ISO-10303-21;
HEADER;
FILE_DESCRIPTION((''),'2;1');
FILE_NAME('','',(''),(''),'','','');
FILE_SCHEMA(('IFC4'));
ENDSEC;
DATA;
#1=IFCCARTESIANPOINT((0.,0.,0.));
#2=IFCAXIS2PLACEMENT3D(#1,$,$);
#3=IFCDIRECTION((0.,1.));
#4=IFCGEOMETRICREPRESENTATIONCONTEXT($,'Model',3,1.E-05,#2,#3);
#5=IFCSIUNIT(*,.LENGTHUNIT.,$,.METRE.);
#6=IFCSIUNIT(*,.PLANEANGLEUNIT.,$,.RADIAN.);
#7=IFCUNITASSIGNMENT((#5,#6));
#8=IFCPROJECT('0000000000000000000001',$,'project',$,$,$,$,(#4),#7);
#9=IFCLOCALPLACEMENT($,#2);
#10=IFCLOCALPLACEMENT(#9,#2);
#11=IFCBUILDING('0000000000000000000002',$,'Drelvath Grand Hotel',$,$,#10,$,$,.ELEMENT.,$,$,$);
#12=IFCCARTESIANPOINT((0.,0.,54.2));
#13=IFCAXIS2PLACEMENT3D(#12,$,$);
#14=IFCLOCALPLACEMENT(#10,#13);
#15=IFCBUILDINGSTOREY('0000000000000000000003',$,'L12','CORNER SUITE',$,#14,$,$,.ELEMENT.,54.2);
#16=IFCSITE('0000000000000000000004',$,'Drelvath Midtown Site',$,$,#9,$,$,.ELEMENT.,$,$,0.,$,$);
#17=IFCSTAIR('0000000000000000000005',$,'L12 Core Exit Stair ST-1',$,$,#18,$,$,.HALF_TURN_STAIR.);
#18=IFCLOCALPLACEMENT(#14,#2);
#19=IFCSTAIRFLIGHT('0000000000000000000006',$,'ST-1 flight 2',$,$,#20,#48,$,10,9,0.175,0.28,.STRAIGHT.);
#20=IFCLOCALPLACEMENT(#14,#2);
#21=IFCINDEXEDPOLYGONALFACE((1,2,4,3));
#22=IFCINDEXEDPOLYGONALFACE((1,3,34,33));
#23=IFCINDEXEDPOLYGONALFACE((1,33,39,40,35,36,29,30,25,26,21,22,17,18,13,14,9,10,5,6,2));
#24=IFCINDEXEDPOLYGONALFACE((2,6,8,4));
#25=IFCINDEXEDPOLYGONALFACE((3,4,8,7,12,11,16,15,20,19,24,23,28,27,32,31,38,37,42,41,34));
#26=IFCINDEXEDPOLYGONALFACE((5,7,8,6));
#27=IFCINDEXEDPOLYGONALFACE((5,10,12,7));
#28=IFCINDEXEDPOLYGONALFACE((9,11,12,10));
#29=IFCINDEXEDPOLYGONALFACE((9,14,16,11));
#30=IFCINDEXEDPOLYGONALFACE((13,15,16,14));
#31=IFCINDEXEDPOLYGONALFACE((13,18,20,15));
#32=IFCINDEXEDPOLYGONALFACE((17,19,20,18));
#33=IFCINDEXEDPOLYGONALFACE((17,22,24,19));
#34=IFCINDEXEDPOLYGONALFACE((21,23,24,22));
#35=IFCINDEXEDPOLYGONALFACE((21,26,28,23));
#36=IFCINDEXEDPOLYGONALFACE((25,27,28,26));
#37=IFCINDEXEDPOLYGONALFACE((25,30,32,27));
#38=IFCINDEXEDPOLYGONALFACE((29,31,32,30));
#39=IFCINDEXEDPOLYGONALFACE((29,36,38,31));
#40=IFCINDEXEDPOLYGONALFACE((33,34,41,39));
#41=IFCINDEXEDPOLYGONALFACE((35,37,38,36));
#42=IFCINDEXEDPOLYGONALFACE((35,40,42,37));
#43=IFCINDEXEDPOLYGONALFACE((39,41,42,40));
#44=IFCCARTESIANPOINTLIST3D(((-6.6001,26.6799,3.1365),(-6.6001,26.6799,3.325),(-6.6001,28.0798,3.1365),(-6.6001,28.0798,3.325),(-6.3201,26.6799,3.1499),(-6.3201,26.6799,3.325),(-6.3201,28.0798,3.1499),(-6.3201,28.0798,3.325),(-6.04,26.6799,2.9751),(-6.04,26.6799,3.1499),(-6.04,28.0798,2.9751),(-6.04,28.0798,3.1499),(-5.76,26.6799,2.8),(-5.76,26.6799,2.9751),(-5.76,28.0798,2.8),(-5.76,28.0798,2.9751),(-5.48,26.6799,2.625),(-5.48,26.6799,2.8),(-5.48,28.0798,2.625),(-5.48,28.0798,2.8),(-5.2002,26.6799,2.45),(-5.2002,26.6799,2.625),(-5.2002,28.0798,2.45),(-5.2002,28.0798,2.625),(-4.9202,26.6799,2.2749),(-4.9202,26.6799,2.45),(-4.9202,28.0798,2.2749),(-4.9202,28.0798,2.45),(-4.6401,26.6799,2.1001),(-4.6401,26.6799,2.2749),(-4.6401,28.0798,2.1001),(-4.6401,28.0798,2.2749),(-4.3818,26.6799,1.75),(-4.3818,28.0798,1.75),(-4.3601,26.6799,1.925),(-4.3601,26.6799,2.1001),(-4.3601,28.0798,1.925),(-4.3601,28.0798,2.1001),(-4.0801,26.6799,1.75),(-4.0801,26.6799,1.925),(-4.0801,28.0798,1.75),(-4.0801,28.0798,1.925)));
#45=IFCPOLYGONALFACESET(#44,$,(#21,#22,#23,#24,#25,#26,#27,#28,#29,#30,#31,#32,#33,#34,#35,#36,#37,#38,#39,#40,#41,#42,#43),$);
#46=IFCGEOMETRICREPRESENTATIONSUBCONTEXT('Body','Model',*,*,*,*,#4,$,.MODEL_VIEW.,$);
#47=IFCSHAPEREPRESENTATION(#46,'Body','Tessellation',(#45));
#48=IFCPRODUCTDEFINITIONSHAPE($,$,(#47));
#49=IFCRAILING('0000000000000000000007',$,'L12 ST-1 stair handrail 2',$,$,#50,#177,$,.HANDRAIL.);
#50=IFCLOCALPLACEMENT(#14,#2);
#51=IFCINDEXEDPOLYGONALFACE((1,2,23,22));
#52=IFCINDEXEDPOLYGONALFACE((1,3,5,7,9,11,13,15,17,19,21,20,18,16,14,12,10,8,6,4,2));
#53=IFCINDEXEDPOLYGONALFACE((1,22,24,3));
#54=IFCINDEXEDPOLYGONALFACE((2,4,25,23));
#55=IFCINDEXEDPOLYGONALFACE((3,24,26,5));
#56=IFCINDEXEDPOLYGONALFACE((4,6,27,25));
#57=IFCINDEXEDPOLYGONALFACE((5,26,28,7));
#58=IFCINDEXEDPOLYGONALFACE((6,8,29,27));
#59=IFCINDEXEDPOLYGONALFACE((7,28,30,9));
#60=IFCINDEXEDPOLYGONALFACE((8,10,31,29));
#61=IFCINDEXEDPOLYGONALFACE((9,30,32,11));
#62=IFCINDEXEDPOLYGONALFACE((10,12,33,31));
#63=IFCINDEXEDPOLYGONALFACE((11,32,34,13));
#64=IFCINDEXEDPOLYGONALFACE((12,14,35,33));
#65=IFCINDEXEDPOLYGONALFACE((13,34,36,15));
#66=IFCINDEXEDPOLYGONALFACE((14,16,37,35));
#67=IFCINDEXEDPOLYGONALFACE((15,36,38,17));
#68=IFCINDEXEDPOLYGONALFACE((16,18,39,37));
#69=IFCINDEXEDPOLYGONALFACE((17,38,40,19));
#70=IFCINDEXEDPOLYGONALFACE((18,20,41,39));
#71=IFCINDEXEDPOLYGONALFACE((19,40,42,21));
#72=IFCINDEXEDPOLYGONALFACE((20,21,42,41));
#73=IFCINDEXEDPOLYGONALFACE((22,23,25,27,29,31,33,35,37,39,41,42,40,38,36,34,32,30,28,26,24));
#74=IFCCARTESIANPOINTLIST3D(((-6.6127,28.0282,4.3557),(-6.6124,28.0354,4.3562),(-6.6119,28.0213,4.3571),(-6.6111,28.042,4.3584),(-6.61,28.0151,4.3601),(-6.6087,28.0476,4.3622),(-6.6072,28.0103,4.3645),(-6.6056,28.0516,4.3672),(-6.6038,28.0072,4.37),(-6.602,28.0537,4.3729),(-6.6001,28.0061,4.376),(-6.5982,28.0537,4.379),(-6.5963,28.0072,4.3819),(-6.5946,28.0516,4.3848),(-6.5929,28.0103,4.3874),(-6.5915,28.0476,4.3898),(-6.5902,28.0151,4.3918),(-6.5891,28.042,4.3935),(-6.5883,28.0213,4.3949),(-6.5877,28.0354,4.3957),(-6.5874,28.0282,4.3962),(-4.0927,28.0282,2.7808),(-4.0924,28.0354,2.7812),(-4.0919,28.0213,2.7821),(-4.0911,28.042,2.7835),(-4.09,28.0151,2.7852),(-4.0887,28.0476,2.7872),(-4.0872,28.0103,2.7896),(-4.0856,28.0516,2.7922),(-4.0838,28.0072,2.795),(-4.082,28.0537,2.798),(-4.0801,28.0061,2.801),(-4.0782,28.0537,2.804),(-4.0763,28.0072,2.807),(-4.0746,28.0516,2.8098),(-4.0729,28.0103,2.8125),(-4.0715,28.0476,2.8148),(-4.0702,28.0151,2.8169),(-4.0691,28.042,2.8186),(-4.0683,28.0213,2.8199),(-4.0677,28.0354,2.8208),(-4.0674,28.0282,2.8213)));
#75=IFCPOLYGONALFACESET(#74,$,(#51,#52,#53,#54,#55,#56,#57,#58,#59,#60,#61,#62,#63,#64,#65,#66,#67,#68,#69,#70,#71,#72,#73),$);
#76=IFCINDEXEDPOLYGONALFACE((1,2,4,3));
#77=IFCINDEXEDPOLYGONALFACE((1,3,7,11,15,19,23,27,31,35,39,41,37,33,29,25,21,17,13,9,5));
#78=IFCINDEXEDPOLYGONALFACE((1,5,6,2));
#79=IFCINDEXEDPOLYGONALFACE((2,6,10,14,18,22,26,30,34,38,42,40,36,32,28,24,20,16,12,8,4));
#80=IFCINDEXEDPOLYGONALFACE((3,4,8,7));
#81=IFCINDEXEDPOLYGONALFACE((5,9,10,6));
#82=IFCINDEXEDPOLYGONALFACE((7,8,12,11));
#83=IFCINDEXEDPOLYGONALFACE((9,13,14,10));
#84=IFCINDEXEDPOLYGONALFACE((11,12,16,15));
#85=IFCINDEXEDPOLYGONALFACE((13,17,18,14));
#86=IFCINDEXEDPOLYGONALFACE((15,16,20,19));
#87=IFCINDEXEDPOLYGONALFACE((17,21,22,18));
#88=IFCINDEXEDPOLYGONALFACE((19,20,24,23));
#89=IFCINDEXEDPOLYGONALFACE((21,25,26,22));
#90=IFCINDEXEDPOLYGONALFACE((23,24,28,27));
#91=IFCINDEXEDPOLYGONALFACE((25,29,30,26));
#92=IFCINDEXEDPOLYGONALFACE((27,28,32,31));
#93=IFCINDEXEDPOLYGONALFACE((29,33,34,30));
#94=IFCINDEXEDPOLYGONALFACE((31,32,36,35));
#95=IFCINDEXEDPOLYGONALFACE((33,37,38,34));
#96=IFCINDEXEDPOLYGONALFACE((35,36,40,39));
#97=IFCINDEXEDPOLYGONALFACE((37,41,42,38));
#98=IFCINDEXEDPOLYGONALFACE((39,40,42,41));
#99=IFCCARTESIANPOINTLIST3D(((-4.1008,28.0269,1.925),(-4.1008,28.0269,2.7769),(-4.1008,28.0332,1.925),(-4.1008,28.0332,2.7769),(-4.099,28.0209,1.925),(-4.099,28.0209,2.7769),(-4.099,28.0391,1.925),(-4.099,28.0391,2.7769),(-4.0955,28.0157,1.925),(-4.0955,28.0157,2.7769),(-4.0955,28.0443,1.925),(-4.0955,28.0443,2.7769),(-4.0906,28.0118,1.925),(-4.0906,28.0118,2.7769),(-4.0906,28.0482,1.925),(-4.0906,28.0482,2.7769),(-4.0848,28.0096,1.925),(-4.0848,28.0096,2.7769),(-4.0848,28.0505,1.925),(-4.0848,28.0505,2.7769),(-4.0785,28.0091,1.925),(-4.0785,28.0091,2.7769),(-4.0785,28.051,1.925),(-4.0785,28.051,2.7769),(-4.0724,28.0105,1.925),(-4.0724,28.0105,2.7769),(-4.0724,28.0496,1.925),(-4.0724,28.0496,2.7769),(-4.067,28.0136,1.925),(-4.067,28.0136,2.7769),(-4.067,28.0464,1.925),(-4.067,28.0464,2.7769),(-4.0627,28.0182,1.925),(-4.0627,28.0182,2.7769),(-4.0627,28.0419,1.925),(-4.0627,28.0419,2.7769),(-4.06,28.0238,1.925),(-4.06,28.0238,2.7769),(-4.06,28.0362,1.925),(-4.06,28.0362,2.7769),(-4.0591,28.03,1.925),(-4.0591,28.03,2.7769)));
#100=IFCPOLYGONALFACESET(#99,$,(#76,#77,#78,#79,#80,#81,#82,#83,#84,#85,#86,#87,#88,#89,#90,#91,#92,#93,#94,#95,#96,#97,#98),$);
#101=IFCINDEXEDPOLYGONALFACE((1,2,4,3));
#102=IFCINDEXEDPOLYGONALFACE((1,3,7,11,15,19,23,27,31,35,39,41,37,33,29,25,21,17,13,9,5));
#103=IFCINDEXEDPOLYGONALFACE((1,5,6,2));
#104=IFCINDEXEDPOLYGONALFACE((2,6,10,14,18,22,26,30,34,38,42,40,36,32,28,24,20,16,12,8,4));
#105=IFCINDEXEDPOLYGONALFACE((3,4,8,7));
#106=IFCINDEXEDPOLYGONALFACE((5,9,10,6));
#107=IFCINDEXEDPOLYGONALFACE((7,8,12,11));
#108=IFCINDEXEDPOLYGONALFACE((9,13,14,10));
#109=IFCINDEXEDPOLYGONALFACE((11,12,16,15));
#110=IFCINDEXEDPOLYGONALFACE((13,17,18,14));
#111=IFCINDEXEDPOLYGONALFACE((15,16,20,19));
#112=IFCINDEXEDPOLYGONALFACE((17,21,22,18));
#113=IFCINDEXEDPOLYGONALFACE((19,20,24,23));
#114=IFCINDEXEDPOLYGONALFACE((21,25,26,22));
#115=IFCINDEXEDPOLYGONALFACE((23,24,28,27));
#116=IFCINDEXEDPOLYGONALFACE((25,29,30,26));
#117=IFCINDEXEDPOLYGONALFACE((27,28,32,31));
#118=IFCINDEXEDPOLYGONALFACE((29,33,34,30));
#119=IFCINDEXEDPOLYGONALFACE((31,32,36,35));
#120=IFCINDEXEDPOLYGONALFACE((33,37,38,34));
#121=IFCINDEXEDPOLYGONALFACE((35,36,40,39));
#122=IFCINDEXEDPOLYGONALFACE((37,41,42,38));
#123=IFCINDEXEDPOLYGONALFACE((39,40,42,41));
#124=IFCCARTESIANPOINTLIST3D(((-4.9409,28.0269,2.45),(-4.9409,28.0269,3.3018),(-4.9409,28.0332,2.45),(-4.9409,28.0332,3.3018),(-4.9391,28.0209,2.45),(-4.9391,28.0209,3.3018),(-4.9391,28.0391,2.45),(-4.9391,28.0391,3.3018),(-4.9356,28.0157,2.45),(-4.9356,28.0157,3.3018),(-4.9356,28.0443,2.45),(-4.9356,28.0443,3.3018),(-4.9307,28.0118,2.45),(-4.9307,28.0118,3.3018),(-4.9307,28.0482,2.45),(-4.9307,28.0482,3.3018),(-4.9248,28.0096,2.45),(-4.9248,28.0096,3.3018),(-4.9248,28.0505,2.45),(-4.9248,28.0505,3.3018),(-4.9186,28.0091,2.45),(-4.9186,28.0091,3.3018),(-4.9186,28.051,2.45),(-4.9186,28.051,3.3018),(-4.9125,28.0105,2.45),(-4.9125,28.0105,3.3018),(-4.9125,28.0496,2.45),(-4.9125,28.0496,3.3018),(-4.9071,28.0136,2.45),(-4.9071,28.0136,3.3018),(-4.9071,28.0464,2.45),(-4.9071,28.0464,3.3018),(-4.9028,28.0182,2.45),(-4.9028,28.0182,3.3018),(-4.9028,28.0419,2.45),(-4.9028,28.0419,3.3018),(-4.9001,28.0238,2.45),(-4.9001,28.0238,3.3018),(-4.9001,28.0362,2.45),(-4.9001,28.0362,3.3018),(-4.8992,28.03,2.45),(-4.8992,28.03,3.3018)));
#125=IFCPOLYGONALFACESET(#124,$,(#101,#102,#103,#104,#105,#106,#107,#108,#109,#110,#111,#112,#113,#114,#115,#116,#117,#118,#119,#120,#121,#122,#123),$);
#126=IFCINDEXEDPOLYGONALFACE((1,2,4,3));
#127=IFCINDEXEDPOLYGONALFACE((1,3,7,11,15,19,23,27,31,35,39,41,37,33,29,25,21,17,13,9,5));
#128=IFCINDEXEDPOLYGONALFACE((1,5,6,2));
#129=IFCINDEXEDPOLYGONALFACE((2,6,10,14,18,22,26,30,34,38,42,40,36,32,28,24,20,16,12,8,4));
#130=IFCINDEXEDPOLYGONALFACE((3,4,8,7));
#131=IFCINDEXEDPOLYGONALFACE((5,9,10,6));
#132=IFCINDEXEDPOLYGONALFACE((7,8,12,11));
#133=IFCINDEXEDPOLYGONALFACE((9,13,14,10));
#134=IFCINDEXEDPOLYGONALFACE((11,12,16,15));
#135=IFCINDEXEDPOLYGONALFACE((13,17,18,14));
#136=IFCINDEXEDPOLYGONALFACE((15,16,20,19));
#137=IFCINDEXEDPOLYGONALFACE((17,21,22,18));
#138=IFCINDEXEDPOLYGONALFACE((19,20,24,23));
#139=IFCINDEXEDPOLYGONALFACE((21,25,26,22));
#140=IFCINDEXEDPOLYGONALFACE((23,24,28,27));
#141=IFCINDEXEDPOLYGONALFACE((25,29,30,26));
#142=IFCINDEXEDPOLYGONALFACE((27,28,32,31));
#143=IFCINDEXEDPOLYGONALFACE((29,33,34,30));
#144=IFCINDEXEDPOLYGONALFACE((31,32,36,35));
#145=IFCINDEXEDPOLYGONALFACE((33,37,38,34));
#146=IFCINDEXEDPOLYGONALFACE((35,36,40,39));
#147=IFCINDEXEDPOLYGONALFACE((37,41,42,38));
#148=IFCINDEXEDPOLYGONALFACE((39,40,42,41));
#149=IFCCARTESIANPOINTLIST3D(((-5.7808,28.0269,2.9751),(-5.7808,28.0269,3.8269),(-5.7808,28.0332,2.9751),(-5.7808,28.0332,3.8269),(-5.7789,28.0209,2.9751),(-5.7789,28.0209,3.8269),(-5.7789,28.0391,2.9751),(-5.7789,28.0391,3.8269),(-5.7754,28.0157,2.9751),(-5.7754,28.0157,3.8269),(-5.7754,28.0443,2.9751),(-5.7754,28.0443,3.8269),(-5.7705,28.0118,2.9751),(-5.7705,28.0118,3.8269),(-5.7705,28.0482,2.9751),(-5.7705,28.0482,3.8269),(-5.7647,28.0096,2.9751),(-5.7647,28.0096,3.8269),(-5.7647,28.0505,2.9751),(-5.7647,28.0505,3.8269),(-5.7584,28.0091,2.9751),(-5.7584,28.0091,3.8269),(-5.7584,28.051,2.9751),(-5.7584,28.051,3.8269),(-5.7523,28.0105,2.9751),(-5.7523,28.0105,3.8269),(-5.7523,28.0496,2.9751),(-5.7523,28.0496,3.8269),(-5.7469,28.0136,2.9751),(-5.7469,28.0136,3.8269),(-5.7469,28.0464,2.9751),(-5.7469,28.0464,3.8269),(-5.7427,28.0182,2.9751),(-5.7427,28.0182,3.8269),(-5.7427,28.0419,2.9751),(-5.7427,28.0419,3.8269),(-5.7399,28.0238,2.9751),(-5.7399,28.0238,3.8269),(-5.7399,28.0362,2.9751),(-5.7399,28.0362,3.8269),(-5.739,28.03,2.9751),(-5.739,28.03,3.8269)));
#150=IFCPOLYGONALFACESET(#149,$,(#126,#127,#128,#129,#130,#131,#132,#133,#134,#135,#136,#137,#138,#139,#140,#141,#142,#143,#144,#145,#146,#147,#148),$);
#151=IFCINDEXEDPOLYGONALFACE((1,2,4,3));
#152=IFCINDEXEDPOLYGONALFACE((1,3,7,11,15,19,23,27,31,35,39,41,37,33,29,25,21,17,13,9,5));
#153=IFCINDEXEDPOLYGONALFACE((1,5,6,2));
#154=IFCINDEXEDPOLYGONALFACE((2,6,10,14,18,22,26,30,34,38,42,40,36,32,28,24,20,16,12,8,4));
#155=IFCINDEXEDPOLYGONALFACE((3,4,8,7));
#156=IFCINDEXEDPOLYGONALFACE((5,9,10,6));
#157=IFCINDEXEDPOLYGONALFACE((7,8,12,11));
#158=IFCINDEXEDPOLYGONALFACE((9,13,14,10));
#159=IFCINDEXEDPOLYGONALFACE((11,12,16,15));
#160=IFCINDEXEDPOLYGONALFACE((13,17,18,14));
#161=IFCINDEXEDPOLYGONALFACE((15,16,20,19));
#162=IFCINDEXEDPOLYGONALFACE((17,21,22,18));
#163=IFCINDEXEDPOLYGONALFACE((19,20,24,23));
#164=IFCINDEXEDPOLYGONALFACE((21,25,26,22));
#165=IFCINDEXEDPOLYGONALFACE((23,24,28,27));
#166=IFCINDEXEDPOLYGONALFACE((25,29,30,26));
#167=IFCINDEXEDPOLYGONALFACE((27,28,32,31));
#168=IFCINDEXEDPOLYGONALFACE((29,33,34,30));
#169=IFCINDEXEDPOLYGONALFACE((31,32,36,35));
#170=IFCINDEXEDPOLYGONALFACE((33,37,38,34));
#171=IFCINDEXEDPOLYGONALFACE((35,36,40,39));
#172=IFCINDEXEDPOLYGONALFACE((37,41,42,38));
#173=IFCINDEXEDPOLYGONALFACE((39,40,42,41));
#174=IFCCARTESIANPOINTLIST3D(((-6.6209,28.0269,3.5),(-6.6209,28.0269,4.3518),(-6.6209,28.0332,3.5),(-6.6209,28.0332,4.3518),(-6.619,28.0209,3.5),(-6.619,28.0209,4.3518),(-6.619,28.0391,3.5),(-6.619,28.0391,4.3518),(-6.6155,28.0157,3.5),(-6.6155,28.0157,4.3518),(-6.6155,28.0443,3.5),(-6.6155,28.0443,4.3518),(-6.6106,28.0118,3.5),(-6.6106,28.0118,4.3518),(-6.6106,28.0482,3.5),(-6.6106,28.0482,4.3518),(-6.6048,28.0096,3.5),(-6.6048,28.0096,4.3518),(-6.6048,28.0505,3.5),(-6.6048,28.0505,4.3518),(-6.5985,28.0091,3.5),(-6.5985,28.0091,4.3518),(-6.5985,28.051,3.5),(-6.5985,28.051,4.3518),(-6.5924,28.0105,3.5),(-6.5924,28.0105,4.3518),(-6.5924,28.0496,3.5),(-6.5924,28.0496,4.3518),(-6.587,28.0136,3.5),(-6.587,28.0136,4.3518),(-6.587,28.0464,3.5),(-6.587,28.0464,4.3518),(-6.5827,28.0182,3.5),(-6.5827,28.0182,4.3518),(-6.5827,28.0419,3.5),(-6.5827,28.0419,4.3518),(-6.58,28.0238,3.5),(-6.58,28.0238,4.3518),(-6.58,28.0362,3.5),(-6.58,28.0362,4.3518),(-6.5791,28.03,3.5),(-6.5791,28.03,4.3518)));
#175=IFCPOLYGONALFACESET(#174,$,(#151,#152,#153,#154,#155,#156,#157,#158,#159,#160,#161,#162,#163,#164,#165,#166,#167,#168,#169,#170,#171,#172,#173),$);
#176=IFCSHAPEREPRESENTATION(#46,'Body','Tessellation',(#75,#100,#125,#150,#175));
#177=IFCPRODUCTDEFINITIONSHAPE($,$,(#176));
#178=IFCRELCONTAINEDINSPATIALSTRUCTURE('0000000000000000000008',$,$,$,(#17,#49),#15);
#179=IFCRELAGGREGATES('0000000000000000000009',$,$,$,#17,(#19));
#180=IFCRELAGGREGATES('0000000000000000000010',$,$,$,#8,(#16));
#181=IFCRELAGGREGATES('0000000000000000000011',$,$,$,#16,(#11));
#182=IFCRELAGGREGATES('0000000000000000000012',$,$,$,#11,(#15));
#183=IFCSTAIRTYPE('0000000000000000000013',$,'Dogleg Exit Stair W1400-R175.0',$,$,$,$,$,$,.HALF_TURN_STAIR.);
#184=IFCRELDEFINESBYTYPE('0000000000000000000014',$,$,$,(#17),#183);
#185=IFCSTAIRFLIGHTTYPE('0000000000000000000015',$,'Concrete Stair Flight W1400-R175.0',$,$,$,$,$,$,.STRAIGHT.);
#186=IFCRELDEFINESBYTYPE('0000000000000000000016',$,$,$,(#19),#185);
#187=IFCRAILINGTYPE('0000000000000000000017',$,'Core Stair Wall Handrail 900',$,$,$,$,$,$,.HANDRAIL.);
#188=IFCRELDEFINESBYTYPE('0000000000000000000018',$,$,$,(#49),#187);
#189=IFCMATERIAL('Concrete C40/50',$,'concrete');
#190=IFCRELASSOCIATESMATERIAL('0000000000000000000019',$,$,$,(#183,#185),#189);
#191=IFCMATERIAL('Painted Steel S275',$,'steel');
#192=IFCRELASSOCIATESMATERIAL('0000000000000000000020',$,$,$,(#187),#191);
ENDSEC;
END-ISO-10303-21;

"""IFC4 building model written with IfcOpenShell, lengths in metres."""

from ifc_helpers import new_model, si_unit, direction, frame, origin, origin_2d, place, context, subcontext, project, spatial, polyline, circle, outline, extrude, material, type_object, element, aggregate, save


model = new_model("IFC4")

# Units and contexts
model_context = context("Model", 3, precision=1e-05, world=origin(), true_north=direction((0.0, 1.0)))
body_context = subcontext(model_context, "Body", "Model", "MODEL_VIEW")
ifc_project = project(units=[si_unit("LENGTHUNIT", "METRE"), si_unit("PLANEANGLEUNIT", "RADIAN")], contexts=[model_context])

# Site, building, storey
site_placement = place(None, origin())
site = spatial("IfcSite", under=ifc_project, at=site_placement, Name="Drelvath Midtown Site", CompositionType="ELEMENT", RefElevation=0.0)
building_placement = place(site_placement, origin())
building = spatial("IfcBuilding", under=site, at=building_placement, Name="Drelvath Grand Hotel", CompositionType="ELEMENT")
storey_placement = place(building_placement, frame((0.0, 0.0, 54.2)))
storey = spatial("IfcBuildingStorey", under=building, at=storey_placement, Name="L12", Description="CORNER SUITE", CompositionType="ELEMENT", Elevation=54.2)

# Shared definitions
ifc_material_1 = material(Name="Painted Steel S275", Category="steel")

# Shared definitions
ifc_material_2 = material(Name="Concrete C40/50", Category="concrete")

# Stair, stair flight
stair_type = type_object("IfcStairType", Name="Dogleg Exit Stair W1400-R175.0", PredefinedType="HALF_TURN_STAIR", material=ifc_material_2)
stair_placement = place(storey_placement, origin())
stair = element("IfcStair", 1, at=stair_placement, inside=storey, type_object=stair_type, Name="L12 Core Exit Stair ST-1", PredefinedType="HALF_TURN_STAIR")
stair_flight_type = type_object("IfcStairFlightType", Name="Concrete Stair Flight W1400-R175.0", PredefinedType="STRAIGHT", material=ifc_material_2)
stair_flight_placement = place(storey_placement, frame((-4.0801, 27.3799, 1.75), z_axis=(0.0, 0.0, 1.0), x_axis=(-1.0, 0.0, 0.0)))
stair_flight = element("IfcStairFlight", 2, at=stair_flight_placement, type_object=stair_flight_type, Name="ST-1 flight 2", NumberOfRisers=10, NumberOfTreads=9, PredefinedType="STRAIGHT", RiserHeight=0.175, TreadLength=0.28, context=body_context, shape_type="SweptSolid", body=[
    extrude(outline(polyline([(0.0, 0.0), (0.0, 0.175), (0.28, 0.175), (0.28, 0.3501), (0.5601, 0.3501), (0.5601, 0.5249), (0.8401, 0.5249), (0.8401, 0.7), (1.1201, 0.7), (1.1201, 0.875), (1.3999, 0.875), (1.3999, 1.05), (1.6799, 1.05), (1.6799, 1.2251), (1.96, 1.2251), (1.96, 1.3999), (2.24, 1.3999), (2.24, 1.575), (2.52, 1.575), (2.52, 1.75), (2.52, 1.3865), (0.3018, 0.0), (0.0, 0.0)])), frame((0.0, 0.7, 0.0), z_axis=(0.0, -1.0, 0.0), x_axis=(1.0, 0.0, 0.0)), (0.0, 0.0, 1.0), 1.3999),
])
aggregate(stair, [stair_flight])

# Railing
railing_type = type_object("IfcRailingType", Name="Core Stair Wall Handrail 900", PredefinedType="HANDRAIL", material=ifc_material_1)
railing_placement = place(storey_placement, frame((-4.0801, 28.03, 1.925)))
element("IfcRailing", 3, at=railing_placement, inside=storey, type_object=railing_type, Name="L12 ST-1 stair handrail 2", PredefinedType="HANDRAIL", context=body_context, shape_type="SweptSolid", body=[
    extrude(circle(Radius=0.0239, at=origin_2d()), frame((0.0, 0.0, 0.876), z_axis=(-0.848008, 0.0, 0.529984), x_axis=(0.0, -1.0, 0.0)), (0.0, 0.0, 1.0), 2.9717),
    extrude(circle(Radius=0.021, at=origin_2d()), origin(), (0.0, 0.0, 1.0), 0.8518),
    extrude(circle(Radius=0.021, at=origin_2d()), frame((-0.8401, 0.0, 0.5249)), (0.0, 0.0, 1.0), 0.8518),
    extrude(circle(Radius=0.021, at=origin_2d()), frame((-1.6799, 0.0, 1.05)), (0.0, 0.0, 1.0), 0.8518),
    extrude(circle(Radius=0.021, at=origin_2d()), frame((-2.52, 0.0, 1.575)), (0.0, 0.0, 1.0), 0.8518),
])

save(model, "model.ifc")
